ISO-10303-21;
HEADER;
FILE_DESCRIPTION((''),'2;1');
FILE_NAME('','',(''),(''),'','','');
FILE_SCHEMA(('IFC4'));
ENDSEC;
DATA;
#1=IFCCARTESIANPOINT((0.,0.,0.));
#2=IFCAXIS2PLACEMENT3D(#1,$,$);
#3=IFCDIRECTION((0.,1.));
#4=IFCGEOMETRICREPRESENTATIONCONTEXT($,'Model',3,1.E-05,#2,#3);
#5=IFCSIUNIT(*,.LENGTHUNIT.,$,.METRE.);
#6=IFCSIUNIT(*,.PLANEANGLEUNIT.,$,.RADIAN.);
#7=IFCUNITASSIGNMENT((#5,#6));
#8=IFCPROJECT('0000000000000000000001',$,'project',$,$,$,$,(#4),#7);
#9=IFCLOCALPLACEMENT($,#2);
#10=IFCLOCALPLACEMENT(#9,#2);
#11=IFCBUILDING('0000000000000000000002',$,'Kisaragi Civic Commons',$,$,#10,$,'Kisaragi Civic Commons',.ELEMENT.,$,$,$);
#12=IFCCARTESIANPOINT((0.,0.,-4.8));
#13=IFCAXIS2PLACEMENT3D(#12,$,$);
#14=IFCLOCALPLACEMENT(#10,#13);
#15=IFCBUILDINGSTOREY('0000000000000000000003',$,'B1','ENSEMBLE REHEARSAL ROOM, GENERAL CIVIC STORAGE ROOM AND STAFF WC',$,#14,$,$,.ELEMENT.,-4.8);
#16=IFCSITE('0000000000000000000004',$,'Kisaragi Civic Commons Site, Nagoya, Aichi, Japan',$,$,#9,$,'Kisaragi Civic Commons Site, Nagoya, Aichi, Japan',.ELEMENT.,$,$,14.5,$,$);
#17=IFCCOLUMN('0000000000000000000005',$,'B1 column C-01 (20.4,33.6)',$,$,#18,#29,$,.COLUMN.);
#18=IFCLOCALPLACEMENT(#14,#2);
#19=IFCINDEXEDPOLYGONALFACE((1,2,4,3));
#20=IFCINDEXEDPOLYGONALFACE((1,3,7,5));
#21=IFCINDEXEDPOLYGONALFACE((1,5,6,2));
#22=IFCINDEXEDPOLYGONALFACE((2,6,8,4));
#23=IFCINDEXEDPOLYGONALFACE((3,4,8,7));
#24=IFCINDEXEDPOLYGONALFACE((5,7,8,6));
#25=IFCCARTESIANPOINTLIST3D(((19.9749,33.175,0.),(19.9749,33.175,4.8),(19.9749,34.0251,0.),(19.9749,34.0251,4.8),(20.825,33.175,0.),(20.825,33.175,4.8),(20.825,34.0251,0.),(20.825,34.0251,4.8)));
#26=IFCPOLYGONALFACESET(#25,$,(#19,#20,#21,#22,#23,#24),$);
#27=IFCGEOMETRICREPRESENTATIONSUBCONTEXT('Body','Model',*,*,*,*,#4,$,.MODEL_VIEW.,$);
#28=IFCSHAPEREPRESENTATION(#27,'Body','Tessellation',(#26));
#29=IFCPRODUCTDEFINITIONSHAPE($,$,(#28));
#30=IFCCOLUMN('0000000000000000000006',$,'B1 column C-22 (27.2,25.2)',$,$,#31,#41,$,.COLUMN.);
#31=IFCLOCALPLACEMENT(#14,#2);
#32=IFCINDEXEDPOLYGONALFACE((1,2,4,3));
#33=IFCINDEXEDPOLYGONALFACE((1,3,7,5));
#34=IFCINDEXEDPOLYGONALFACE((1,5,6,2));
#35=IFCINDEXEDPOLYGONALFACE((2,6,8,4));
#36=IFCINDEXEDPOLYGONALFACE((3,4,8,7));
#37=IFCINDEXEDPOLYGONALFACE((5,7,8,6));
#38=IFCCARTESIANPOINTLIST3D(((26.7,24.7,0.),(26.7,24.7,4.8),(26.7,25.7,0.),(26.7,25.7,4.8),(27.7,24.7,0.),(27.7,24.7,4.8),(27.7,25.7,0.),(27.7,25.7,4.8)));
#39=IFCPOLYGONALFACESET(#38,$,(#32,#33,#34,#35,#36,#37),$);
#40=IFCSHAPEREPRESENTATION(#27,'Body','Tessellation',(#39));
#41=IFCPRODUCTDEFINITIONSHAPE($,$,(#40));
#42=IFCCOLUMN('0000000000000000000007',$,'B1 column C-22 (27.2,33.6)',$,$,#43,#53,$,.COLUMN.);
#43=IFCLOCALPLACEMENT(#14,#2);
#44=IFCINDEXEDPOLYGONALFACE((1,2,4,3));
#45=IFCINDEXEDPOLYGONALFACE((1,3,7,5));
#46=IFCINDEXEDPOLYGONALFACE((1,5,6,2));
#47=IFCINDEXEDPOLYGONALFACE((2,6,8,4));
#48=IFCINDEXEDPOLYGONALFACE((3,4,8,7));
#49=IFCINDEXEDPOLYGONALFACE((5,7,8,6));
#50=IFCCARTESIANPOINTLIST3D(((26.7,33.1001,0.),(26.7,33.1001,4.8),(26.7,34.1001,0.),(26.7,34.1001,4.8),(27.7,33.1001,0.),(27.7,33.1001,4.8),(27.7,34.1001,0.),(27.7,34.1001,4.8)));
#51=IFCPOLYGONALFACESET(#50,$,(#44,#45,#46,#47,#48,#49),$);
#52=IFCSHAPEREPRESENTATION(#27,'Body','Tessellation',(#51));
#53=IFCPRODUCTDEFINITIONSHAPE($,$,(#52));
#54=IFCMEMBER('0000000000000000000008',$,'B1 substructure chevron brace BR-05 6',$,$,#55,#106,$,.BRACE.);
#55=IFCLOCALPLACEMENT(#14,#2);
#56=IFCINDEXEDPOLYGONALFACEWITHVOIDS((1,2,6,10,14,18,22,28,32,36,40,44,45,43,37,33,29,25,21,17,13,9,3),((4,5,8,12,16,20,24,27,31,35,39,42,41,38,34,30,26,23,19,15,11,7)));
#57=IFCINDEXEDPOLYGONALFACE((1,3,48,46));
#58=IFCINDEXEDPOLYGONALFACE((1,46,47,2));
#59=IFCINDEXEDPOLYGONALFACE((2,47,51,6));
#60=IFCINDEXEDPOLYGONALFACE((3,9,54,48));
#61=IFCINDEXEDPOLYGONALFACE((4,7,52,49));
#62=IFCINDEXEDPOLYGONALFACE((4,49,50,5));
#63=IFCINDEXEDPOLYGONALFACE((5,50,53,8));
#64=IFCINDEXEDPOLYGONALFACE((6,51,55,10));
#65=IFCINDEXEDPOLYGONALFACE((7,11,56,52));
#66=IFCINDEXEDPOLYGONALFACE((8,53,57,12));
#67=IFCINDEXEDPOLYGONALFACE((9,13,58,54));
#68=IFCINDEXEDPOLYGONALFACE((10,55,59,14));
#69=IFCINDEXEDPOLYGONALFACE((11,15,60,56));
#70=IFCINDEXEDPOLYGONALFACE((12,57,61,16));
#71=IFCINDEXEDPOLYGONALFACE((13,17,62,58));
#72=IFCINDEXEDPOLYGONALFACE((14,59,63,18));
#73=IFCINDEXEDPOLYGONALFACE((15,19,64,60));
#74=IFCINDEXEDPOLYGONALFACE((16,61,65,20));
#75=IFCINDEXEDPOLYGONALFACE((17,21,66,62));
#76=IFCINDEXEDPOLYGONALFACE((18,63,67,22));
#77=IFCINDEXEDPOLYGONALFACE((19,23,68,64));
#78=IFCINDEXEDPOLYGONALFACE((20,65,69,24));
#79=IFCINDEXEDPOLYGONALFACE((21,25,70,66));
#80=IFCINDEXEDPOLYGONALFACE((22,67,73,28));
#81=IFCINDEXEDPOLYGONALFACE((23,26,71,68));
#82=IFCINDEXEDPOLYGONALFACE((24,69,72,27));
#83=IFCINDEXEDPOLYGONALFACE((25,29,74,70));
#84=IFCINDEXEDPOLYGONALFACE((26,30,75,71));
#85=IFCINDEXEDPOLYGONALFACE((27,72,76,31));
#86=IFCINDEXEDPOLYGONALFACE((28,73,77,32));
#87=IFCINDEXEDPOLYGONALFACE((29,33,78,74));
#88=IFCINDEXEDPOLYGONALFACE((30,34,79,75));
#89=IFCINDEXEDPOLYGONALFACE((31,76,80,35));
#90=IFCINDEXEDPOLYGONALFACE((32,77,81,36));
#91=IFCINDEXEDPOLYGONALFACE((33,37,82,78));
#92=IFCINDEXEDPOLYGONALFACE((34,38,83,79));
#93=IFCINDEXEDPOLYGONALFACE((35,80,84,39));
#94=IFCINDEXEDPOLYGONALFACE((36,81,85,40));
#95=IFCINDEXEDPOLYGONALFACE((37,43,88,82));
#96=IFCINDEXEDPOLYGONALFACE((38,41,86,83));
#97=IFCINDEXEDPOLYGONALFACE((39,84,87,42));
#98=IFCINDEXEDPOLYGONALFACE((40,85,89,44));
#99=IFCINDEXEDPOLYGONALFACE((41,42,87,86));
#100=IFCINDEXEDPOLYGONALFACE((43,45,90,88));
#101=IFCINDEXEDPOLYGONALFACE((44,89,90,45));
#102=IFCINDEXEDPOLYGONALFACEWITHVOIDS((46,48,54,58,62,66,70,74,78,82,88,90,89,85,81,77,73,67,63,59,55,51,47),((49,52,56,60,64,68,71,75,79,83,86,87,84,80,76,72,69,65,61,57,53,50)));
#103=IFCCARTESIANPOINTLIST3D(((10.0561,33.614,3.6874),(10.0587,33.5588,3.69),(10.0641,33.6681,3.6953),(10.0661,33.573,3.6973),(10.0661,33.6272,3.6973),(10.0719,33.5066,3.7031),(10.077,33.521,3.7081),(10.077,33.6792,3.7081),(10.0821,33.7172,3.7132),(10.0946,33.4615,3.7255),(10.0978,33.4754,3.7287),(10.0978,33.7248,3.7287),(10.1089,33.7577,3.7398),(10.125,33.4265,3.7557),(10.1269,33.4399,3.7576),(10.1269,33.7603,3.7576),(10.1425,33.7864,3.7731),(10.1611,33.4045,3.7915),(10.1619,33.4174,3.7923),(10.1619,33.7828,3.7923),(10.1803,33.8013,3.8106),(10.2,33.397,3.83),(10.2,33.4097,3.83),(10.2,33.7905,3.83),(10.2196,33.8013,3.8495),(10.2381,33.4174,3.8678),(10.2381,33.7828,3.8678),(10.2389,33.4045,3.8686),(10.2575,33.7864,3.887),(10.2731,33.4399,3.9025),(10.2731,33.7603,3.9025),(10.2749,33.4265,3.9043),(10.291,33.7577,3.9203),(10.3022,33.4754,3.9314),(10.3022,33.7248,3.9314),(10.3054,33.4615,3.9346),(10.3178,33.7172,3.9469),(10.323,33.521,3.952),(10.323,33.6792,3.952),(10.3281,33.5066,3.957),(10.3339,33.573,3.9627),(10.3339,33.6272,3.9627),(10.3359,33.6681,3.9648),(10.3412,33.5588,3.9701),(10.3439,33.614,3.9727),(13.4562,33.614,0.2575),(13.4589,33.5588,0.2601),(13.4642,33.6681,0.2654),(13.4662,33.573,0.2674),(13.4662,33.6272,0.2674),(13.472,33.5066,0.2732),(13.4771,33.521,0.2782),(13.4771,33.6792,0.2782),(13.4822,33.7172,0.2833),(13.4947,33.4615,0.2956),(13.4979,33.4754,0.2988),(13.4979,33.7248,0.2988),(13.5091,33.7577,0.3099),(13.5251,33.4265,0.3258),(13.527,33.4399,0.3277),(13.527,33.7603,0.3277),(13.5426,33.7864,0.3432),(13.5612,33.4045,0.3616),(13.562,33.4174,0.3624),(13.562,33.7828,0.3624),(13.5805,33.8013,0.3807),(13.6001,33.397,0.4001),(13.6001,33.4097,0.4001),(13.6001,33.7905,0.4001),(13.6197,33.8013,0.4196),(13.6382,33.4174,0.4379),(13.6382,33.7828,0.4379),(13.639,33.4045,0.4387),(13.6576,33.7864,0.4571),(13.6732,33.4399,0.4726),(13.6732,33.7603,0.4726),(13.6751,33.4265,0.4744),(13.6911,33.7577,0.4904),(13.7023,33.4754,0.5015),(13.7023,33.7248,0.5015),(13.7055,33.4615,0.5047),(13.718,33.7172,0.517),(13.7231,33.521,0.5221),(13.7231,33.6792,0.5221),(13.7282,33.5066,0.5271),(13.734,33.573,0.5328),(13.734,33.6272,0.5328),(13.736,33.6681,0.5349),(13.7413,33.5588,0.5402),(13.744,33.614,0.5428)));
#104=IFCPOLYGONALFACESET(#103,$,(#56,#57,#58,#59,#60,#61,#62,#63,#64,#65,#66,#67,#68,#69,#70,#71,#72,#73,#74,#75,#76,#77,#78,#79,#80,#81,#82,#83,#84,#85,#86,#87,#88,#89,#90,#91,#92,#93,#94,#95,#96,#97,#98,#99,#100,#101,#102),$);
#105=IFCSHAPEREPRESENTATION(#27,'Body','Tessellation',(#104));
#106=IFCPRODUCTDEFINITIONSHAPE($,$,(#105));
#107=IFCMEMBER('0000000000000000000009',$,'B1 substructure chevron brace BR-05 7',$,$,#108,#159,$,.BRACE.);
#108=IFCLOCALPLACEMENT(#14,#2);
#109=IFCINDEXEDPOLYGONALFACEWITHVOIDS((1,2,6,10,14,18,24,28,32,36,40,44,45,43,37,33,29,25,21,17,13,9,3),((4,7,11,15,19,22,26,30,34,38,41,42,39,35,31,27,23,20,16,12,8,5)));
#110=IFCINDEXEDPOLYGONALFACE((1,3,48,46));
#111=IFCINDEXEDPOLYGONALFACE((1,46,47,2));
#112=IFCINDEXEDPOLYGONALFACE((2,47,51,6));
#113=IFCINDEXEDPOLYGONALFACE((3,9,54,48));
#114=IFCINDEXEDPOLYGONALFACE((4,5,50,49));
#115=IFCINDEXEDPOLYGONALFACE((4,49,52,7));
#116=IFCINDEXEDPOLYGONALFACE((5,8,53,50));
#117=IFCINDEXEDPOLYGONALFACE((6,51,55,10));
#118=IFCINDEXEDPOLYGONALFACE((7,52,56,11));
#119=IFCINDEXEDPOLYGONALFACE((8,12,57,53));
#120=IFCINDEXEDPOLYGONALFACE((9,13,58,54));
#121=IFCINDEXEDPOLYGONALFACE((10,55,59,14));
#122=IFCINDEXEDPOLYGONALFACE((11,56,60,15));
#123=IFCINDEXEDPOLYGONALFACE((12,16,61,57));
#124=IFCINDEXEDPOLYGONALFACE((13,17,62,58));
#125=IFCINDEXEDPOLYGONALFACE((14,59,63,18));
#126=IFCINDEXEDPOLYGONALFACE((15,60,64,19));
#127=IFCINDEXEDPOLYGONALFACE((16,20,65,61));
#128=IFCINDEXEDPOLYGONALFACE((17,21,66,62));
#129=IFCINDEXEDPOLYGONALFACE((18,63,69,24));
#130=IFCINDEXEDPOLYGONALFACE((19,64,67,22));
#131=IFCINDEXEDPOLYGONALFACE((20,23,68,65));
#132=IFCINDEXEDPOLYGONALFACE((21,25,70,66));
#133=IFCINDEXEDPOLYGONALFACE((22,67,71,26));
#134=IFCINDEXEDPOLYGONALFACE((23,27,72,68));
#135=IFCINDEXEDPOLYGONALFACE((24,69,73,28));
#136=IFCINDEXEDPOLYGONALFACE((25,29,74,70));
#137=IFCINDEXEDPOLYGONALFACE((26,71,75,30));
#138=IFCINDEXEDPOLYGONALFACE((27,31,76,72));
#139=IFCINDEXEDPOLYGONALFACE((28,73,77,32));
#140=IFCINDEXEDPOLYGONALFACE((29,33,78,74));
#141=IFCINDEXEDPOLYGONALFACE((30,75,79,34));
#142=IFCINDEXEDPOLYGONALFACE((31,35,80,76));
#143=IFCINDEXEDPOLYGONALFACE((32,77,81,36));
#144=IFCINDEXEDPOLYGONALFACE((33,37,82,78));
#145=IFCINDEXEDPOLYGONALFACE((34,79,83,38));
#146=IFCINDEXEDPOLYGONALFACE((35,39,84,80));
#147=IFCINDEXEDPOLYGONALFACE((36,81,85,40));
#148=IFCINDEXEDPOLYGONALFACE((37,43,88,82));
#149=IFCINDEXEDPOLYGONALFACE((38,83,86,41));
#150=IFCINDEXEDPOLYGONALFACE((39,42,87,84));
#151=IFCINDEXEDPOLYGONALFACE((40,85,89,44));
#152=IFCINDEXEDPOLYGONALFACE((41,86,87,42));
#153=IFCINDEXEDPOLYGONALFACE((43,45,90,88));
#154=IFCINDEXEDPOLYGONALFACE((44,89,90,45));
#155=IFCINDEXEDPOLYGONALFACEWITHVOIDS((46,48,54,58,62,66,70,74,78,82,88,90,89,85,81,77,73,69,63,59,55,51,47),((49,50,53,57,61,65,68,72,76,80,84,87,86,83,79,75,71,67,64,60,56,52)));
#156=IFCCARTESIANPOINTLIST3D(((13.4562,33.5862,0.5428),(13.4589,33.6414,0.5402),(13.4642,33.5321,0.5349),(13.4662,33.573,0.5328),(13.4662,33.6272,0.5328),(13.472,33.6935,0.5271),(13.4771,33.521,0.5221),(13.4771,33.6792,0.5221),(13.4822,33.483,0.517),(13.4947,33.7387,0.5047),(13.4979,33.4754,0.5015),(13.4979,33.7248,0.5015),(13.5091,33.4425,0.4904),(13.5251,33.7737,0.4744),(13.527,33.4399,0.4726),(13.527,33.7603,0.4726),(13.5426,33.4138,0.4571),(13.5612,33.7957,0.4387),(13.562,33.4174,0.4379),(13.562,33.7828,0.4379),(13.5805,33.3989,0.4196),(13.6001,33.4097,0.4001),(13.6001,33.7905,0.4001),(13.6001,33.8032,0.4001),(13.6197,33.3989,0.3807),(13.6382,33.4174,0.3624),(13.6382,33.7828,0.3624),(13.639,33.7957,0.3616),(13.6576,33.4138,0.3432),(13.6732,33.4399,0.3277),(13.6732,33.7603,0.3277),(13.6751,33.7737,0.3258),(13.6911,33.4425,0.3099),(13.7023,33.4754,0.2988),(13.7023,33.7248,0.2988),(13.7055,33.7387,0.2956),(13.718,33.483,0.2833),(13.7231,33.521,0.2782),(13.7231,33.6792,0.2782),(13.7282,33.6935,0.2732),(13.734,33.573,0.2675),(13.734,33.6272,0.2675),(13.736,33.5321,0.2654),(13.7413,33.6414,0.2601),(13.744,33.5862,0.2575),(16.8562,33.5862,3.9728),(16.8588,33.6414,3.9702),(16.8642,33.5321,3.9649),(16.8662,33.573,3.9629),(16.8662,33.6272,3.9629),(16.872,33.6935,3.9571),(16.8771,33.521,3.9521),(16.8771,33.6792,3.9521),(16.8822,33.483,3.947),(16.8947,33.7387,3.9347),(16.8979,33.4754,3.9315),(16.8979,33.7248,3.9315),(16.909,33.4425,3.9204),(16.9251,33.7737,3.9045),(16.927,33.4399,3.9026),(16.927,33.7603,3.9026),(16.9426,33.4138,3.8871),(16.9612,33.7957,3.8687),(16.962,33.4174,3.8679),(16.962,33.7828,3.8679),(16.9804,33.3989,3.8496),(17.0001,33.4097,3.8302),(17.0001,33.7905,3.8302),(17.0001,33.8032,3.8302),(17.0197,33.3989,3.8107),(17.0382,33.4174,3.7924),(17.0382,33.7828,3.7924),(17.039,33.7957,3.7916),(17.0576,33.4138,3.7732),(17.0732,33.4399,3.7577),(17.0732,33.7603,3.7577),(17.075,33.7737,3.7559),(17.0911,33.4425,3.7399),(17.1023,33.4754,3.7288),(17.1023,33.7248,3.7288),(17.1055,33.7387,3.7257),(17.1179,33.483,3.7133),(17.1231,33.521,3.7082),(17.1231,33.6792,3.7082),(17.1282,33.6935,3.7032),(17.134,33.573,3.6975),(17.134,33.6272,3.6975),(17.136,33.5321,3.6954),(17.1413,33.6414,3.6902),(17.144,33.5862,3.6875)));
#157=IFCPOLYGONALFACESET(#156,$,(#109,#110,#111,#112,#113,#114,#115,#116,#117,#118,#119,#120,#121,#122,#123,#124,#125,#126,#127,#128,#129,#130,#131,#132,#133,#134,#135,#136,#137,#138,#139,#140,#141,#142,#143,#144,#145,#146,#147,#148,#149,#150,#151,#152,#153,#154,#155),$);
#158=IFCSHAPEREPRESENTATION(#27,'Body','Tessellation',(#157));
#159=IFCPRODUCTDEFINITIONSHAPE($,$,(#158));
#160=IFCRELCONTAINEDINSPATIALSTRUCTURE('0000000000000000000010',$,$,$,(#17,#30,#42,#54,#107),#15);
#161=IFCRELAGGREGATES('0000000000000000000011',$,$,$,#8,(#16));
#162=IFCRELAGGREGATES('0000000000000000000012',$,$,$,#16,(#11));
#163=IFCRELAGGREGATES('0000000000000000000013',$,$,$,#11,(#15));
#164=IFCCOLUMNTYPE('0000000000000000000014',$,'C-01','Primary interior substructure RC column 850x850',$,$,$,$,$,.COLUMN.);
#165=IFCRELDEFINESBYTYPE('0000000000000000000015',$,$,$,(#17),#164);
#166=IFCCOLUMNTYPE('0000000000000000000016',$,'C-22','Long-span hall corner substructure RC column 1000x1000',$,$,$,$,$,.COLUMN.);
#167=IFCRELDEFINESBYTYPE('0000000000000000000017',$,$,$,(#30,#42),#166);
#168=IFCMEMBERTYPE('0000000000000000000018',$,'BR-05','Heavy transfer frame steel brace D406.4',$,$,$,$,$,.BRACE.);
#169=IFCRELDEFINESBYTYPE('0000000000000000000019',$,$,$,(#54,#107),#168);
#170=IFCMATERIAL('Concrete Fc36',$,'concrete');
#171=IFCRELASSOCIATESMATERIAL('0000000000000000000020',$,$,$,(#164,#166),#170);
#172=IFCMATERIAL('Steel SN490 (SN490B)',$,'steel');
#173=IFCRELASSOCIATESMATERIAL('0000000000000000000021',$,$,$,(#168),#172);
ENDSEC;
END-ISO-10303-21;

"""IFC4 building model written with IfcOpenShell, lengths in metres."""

from ifc_helpers import new_model, si_unit, direction, frame, origin, origin_2d, place, context, subcontext, project, spatial, rectangle, hollow_circle, extrude, material, material_profile, profile_set, type_object, element, save


model = new_model("IFC4")

# Units and contexts
model_context = context("Model", 3, precision=1e-05, world=origin(), true_north=direction((0.0, 1.0)))
body_context = subcontext(model_context, "Body", "Model", "MODEL_VIEW")
ifc_project = project(units=[si_unit("LENGTHUNIT", "METRE"), si_unit("PLANEANGLEUNIT", "RADIAN")], contexts=[model_context])

# Site, building, storey
site_placement = place(None, origin())
site = spatial("IfcSite", under=ifc_project, at=site_placement, Name="Kisaragi Civic Commons Site, Nagoya, Aichi, Japan", LongName="Kisaragi Civic Commons Site, Nagoya, Aichi, Japan", CompositionType="ELEMENT", RefElevation=14.5)
building_placement = place(site_placement, origin())
building = spatial("IfcBuilding", under=site, at=building_placement, Name="Kisaragi Civic Commons", LongName="Kisaragi Civic Commons", CompositionType="ELEMENT")
storey_placement = place(building_placement, frame((0.0, 0.0, -4.8)))
storey = spatial("IfcBuildingStorey", under=building, at=storey_placement, Name="B1", Description="ENSEMBLE REHEARSAL ROOM, GENERAL CIVIC STORAGE ROOM AND STAFF WC", CompositionType="ELEMENT", Elevation=-4.8)

# Shared definitions
ifc_material_1 = material(Name="Concrete Fc36", Category="concrete")

# Columns
ifc_material_profile_1 = material_profile(ifc_material_1, rectangle(XDim=0.8501, YDim=0.8501, at=origin_2d()), Name="RC-850x850", Category="concrete")
ifc_profile_set_1 = profile_set([ifc_material_profile_1], Name="Concrete Fc36")
column_type_1 = type_object("IfcColumnType", Name="C-01", Description="Primary interior substructure RC column 850x850", PredefinedType="COLUMN", material=ifc_profile_set_1)
for number, where, z_axis, x_axis, name in (
    (1, (20.3999, 33.6001, 0.0), (0.0, 0.0, 1.0), (1.0, 0.0, 0.0), "B1 column C-01 (20.4,33.6)"),
):
    element("IfcColumn", number, at=place(storey_placement, frame(where, z_axis=z_axis, x_axis=x_axis)), inside=storey, type_object=column_type_1, Name=name, PredefinedType="COLUMN", context=body_context, shape_type="SweptSolid", body=[
        extrude(rectangle(XDim=0.8501, YDim=0.8501, at=origin_2d()), origin(), (0.0, 0.0, 1.0), 4.8),
    ])
ifc_material_profile_2 = material_profile(ifc_material_1, rectangle(XDim=1.0, YDim=1.0, at=origin_2d()), Name="RC-1000x1000", Category="concrete")
ifc_profile_set_2 = profile_set([ifc_material_profile_2], Name="Concrete Fc36")
column_type_2 = type_object("IfcColumnType", Name="C-22", Description="Long-span hall corner substructure RC column 1000x1000", PredefinedType="COLUMN", material=ifc_profile_set_2)
for number, where, z_axis, x_axis, name in (
    (2, (27.2, 25.2, 0.0), (0.0, 0.0, 1.0), (1.0, 0.0, 0.0), "B1 column C-22 (27.2,25.2)"),
    (3, (27.2, 33.6001, 0.0), (0.0, 0.0, 1.0), (1.0, 0.0, 0.0), "B1 column C-22 (27.2,33.6)"),
):
    element("IfcColumn", number, at=place(storey_placement, frame(where, z_axis=z_axis, x_axis=x_axis)), inside=storey, type_object=column_type_2, Name=name, PredefinedType="COLUMN", context=body_context, shape_type="SweptSolid", body=[
        extrude(rectangle(XDim=1.0, YDim=1.0, at=origin_2d()), origin(), (0.0, 0.0, 1.0), 4.8),
    ])

# Members
ifc_material_2 = material(Name="Steel SN490 (SN490B)", Category="steel")
ifc_material_profile_3 = material_profile(ifc_material_2, hollow_circle(Radius=0.2031, WallThickness=0.0127, at=origin_2d()), Name="CHS-406.4x12.7", Category="steel")
ifc_profile_set_3 = profile_set([ifc_material_profile_3], Name="Steel SN490 (SN490B)")
member_type = type_object("IfcMemberType", Name="BR-05", Description="Heavy transfer frame steel brace D406.4", PredefinedType="BRACE", material=ifc_profile_set_3)
for number, where, z_axis, x_axis, name in (
    (4, (13.6001, 33.6001, 0.4001), (-0.704016, 0.0, 0.710184), (0.0, -1.0, 0.0), "B1 substructure chevron brace BR-05 6"),
    (5, (13.6001, 33.6001, 0.4001), (0.703991, 0.0, 0.710209), (0.0, 1.0, 0.0), "B1 substructure chevron brace BR-05 7"),
):
    element("IfcMember", number, at=place(storey_placement, frame(where, z_axis=z_axis, x_axis=x_axis)), inside=storey, type_object=member_type, Name=name, PredefinedType="BRACE", context=body_context, shape_type="SweptSolid", body=[
        extrude(hollow_circle(Radius=0.2031, WallThickness=0.0127, at=origin_2d()), origin(), (0.0, 0.0, 1.0), 4.8296),
    ])

save(model, "model.ifc")
